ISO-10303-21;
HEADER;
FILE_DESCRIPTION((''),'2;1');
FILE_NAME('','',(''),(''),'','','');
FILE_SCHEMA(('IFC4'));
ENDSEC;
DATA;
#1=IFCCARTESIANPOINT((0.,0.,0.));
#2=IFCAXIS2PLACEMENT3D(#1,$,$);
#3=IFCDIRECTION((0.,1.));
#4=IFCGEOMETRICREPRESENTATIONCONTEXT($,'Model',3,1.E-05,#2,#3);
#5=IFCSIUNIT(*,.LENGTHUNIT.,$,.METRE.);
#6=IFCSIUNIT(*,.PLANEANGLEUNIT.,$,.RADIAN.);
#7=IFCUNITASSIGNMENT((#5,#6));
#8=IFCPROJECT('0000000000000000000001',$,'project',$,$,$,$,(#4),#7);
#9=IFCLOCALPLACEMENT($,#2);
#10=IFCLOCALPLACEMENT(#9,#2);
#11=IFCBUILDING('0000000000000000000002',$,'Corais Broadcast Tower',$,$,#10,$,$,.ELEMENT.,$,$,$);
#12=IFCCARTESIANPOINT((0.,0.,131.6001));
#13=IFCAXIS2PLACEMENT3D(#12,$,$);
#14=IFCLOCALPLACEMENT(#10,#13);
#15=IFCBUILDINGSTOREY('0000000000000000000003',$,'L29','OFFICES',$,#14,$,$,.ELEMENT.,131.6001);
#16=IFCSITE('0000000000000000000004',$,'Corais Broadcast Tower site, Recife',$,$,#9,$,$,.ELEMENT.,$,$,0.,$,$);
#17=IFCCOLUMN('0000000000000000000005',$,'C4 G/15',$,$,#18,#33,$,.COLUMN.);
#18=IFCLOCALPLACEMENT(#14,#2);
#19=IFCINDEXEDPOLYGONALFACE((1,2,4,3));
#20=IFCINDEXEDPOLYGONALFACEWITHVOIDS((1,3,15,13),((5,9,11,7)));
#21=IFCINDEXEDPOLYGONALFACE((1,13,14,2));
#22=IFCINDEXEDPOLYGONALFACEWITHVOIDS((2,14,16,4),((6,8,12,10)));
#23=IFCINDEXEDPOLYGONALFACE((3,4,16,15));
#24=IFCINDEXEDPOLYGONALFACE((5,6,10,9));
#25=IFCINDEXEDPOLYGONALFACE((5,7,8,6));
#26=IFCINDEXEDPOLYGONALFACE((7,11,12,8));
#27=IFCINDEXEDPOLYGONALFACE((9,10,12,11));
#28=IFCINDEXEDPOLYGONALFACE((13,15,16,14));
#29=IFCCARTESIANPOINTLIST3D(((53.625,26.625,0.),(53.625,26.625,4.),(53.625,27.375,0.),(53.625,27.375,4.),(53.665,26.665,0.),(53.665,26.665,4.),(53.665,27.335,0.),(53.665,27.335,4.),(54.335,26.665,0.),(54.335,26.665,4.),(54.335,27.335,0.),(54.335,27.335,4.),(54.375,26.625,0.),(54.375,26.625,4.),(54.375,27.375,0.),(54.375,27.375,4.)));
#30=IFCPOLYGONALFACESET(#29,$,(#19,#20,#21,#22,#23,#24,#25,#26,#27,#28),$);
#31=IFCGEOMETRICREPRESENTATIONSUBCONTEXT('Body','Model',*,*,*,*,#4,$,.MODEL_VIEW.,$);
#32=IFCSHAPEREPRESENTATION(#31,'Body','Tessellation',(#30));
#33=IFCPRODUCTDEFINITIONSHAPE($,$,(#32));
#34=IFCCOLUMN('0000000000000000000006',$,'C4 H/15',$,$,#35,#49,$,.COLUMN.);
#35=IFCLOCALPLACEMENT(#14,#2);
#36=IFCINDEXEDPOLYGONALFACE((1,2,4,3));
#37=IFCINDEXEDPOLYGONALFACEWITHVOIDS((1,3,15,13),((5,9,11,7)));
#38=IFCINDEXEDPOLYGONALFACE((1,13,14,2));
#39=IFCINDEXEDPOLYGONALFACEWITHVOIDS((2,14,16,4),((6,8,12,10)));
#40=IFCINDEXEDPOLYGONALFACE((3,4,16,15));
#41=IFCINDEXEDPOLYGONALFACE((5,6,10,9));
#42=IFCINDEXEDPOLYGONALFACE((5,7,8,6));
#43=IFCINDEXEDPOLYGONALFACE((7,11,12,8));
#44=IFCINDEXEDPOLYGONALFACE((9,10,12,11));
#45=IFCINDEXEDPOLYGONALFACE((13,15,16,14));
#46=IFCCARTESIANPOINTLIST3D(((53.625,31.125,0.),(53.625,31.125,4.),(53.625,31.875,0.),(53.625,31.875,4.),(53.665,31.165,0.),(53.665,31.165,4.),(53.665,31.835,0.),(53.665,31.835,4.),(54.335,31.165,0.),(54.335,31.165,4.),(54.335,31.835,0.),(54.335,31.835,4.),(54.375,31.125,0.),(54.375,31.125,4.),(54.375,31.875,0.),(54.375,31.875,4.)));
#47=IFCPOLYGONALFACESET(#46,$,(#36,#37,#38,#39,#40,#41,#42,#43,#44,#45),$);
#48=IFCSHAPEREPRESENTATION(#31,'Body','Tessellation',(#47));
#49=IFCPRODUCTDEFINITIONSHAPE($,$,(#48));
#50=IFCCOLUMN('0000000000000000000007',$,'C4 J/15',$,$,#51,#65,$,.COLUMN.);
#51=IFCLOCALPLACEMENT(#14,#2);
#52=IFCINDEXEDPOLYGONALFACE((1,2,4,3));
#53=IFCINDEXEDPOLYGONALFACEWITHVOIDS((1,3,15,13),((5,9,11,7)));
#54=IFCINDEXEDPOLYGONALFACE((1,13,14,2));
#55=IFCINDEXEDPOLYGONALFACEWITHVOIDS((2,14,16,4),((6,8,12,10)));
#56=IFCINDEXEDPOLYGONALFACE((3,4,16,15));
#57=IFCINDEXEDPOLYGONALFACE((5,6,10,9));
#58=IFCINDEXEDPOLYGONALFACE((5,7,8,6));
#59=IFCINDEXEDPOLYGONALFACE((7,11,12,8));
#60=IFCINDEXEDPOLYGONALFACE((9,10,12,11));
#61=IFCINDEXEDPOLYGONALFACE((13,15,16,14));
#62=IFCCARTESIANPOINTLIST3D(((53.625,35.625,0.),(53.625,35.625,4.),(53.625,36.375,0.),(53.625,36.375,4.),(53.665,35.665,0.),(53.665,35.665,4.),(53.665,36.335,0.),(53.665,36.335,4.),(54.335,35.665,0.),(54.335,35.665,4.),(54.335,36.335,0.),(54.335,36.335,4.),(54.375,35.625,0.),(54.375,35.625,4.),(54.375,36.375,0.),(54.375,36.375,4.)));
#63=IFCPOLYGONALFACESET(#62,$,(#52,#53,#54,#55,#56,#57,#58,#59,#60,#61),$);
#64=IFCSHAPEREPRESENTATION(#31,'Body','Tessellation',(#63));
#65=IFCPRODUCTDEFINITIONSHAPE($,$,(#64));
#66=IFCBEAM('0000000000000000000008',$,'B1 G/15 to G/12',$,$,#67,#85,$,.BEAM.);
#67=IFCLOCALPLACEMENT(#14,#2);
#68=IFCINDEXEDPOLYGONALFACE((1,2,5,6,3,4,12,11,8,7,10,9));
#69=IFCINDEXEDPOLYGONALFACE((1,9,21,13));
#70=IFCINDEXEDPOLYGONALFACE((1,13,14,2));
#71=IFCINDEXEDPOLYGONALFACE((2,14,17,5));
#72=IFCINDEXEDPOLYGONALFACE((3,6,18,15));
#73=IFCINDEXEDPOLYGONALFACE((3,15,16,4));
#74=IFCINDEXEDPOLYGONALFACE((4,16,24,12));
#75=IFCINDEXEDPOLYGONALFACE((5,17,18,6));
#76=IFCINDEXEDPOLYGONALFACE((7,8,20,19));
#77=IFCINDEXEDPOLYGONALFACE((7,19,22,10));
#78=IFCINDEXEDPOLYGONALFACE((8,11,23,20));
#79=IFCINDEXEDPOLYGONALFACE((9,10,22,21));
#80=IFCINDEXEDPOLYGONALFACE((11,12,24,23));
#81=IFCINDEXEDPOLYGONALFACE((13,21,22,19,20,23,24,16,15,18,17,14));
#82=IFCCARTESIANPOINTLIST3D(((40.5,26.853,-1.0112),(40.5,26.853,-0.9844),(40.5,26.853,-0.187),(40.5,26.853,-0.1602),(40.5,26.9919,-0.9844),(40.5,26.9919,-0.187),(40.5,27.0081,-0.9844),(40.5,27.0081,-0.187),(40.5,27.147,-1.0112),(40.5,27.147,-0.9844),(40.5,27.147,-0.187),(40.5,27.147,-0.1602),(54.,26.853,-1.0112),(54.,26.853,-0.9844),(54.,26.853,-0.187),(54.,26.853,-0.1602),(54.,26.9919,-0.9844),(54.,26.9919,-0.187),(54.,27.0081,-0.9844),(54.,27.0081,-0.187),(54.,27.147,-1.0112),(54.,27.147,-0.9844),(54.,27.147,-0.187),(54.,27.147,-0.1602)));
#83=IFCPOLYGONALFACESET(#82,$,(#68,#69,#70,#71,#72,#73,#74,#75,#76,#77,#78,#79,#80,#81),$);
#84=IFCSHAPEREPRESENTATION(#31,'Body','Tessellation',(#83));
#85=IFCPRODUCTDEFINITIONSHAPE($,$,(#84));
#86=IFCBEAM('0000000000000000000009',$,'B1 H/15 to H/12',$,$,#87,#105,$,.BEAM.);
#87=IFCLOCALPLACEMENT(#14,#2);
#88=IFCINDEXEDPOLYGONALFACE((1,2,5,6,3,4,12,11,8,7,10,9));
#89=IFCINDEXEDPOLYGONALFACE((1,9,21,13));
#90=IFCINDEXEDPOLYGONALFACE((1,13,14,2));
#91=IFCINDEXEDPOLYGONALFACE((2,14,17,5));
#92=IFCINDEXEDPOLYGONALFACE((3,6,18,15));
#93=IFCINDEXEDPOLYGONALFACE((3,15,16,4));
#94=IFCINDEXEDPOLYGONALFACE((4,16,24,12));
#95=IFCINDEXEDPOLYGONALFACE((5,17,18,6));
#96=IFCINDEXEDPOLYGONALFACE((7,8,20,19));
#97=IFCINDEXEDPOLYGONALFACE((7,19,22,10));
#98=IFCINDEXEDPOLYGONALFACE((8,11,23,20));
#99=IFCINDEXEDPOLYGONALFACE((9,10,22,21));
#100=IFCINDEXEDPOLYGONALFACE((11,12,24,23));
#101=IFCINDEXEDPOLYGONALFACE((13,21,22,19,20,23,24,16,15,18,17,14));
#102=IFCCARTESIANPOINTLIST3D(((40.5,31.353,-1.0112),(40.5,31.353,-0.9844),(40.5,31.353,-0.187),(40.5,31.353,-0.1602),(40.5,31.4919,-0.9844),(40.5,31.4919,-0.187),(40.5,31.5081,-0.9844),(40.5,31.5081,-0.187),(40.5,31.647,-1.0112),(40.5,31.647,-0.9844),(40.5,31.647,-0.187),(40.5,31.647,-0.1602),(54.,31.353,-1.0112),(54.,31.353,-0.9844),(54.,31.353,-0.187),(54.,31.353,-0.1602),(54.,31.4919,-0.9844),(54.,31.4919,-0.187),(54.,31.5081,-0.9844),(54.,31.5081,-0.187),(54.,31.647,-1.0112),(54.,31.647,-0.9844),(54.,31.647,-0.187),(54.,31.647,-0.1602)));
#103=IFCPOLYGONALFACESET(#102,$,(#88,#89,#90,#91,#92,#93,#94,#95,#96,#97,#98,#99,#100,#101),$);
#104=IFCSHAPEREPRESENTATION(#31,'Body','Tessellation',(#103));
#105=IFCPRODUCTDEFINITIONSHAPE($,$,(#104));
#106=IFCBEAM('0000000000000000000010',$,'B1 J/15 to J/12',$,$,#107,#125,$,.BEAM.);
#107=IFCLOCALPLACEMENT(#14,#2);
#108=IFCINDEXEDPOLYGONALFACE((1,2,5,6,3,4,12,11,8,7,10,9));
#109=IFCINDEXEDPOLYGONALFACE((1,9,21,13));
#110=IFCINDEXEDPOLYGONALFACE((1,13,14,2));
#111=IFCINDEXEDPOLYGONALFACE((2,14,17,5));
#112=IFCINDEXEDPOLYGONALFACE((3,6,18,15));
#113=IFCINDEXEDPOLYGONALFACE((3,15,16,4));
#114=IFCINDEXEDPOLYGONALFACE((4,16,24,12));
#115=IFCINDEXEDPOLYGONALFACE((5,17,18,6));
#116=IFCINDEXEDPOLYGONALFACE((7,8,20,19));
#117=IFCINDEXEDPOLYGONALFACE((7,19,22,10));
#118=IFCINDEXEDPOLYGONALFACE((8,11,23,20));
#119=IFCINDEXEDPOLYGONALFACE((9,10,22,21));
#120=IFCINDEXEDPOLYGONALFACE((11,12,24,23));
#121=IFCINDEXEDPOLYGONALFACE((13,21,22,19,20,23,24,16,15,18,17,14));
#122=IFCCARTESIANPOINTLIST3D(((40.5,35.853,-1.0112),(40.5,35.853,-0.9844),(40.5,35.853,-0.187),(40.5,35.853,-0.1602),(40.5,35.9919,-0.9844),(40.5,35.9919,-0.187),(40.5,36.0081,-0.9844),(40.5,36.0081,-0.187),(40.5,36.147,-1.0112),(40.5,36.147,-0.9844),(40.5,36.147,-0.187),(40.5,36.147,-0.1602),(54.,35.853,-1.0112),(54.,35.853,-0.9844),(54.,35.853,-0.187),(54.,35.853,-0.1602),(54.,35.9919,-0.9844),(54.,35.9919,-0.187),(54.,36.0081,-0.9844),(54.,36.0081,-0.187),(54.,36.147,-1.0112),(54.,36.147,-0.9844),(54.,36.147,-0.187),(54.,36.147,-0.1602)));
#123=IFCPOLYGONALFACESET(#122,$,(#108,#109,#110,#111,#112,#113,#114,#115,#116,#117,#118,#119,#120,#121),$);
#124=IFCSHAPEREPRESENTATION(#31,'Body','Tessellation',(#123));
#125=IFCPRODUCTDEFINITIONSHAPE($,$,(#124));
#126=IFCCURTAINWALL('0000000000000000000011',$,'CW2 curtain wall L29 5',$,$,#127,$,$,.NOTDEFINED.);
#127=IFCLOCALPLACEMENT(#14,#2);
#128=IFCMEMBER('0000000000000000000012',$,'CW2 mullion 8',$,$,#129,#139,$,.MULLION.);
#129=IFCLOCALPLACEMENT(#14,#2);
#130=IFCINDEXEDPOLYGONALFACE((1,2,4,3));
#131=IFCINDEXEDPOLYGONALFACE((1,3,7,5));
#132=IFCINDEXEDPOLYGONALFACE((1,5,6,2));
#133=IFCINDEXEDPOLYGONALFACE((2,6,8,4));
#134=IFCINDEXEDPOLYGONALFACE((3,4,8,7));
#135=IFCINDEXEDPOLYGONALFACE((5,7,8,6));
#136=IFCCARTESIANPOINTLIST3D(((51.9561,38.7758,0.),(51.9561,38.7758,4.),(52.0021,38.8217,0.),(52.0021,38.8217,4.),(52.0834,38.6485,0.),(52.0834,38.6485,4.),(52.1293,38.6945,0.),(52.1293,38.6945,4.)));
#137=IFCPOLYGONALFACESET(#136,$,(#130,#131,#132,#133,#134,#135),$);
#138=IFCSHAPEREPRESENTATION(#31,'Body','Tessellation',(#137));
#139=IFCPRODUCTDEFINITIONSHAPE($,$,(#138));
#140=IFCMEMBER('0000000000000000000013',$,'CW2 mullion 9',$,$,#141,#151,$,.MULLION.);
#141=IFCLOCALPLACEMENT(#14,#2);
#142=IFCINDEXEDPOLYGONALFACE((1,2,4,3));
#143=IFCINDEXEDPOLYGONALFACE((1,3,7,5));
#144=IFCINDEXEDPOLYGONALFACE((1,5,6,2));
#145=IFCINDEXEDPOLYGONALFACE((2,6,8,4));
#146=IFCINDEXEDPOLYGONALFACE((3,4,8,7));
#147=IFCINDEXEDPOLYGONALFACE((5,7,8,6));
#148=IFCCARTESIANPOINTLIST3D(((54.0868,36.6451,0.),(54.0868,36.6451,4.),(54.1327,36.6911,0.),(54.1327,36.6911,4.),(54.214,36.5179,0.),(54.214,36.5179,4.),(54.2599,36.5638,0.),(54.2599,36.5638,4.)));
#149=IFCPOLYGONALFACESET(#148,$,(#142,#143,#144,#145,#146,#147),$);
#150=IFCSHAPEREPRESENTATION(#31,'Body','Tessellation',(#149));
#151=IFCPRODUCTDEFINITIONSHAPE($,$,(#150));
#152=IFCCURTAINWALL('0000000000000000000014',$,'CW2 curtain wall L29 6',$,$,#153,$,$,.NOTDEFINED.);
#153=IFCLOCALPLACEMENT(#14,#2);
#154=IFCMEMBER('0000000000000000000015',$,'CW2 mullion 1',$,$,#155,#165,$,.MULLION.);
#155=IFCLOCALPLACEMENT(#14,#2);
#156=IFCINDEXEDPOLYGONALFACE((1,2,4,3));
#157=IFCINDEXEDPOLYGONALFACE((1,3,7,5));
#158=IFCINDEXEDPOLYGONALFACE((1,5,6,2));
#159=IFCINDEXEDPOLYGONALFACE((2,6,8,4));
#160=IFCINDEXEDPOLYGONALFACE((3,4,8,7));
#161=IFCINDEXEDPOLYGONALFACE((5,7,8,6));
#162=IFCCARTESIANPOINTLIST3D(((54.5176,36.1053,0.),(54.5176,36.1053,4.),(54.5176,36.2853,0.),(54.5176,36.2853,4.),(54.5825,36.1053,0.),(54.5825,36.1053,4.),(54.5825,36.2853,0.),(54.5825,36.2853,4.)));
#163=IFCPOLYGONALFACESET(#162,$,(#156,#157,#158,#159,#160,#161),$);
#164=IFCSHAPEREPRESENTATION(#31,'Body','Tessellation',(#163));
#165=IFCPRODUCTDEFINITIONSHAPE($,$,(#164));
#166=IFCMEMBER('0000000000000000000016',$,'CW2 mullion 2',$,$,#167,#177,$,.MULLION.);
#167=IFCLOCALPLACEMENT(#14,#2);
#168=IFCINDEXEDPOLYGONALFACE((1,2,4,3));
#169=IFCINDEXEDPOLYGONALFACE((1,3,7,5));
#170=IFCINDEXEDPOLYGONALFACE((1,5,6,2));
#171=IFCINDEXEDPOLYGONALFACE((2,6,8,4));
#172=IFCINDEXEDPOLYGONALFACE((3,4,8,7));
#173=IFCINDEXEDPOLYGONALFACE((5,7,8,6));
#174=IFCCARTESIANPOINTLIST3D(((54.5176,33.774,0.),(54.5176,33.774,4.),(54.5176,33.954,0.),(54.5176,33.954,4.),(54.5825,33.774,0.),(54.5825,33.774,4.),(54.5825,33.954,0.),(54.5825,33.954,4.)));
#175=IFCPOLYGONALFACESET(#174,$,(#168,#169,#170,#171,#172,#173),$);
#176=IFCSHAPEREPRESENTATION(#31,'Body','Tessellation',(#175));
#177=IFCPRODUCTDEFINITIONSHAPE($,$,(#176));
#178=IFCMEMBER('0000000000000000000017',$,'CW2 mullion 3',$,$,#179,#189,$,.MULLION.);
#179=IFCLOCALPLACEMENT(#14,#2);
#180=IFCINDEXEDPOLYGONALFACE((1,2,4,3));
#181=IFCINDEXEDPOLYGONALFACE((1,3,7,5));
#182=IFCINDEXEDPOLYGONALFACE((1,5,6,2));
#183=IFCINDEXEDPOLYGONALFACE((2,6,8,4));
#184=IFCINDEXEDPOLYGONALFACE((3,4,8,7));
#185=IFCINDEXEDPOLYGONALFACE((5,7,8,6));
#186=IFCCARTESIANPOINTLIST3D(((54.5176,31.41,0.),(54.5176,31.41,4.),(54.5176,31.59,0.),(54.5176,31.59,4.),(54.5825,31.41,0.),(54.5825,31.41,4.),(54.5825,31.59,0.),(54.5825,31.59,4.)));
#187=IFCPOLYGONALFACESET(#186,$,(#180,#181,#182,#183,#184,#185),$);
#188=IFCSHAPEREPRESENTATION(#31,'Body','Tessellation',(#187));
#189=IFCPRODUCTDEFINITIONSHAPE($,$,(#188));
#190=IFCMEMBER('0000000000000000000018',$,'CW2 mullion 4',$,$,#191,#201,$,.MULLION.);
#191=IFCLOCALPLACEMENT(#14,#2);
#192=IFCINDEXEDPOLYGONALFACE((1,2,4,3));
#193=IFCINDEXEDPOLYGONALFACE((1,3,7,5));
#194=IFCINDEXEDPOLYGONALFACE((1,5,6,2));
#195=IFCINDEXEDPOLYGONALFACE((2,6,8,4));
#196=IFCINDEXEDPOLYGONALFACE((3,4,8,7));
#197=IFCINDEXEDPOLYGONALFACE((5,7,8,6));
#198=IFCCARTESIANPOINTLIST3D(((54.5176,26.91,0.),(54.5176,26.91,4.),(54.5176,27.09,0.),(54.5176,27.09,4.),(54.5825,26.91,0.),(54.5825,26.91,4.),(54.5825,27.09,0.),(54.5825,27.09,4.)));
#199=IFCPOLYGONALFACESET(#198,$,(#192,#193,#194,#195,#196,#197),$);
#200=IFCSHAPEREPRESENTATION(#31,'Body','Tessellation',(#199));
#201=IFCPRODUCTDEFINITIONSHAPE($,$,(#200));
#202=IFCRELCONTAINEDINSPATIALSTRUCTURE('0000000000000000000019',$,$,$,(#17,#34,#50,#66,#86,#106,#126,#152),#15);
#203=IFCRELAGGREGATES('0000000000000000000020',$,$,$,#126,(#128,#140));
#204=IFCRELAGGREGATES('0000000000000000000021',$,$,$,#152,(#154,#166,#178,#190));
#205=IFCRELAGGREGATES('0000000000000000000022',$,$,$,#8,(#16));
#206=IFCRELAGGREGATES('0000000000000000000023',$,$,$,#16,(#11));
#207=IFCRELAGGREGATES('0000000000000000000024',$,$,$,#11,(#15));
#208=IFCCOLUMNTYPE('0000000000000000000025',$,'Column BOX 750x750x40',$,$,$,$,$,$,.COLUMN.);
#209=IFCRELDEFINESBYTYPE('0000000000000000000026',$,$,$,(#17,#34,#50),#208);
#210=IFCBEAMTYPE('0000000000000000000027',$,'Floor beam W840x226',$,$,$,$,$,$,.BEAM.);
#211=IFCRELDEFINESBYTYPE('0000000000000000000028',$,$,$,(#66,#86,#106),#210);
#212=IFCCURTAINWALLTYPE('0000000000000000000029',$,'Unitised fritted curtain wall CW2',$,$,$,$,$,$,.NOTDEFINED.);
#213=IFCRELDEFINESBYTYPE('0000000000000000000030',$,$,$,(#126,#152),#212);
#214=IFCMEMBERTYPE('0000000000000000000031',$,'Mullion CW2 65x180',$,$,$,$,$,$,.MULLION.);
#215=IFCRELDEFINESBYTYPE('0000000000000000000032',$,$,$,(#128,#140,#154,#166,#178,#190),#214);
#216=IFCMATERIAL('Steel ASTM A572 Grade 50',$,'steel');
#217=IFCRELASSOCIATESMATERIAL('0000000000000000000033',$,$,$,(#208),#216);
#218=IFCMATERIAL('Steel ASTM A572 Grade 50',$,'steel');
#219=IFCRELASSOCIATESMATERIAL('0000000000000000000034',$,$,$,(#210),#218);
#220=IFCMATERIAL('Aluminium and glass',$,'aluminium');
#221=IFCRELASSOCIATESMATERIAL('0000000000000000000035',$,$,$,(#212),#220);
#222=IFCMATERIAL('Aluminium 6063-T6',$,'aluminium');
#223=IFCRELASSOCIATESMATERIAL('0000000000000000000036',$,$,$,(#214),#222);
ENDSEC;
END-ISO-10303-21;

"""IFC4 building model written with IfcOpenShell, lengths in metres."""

from ifc_helpers import new_model, si_unit, direction, frame, origin, origin_2d, place, context, subcontext, project, spatial, rectangle, hollow_rectangle, i_section, extrude, material, material_profile, profile_set, type_object, element, aggregate, save


model = new_model("IFC4")

# Units and contexts
model_context = context("Model", 3, precision=1e-05, world=origin(), true_north=direction((0.0, 1.0)))
body_context = subcontext(model_context, "Body", "Model", "MODEL_VIEW")
ifc_project = project(units=[si_unit("LENGTHUNIT", "METRE"), si_unit("PLANEANGLEUNIT", "RADIAN")], contexts=[model_context])

# Site, building, storey
site_placement = place(None, origin())
site = spatial("IfcSite", under=ifc_project, at=site_placement, Name="Corais Broadcast Tower site, Recife", CompositionType="ELEMENT", RefElevation=0.0)
building_placement = place(site_placement, origin())
building = spatial("IfcBuilding", under=site, at=building_placement, Name="Corais Broadcast Tower", CompositionType="ELEMENT")
storey_placement = place(building_placement, frame((0.0, 0.0, 131.6001)))
storey = spatial("IfcBuildingStorey", under=building, at=storey_placement, Name="L29", Description="OFFICES", CompositionType="ELEMENT", Elevation=131.6001)

# Columns
ifc_material_1 = material(Name="Steel ASTM A572 Grade 50", Category="steel")
ifc_material_profile_1 = material_profile(ifc_material_1, hollow_rectangle(XDim=0.75, YDim=0.75, WallThickness=0.04, at=origin_2d()), Name="BOX 750x750x40")
ifc_profile_set_1 = profile_set([ifc_material_profile_1], Name="Steel ASTM A572 Grade 50")
column_type = type_object("IfcColumnType", Name="Column BOX 750x750x40", PredefinedType="COLUMN", material=ifc_profile_set_1)
for number, where, z_axis, x_axis, name in (
    (1, (54.0, 27.0, 0.0), (0.0, 0.0, 1.0), (1.0, 0.0, 0.0), "C4 G/15"),
    (2, (54.0, 31.5, 0.0), (0.0, 0.0, 1.0), (1.0, 0.0, 0.0), "C4 H/15"),
    (3, (54.0, 36.0, 0.0), (0.0, 0.0, 1.0), (1.0, 0.0, 0.0), "C4 J/15"),
):
    element("IfcColumn", number, at=place(storey_placement, frame(where, z_axis=z_axis, x_axis=x_axis)), inside=storey, type_object=column_type, Name=name, PredefinedType="COLUMN", context=body_context, shape_type="SweptSolid", body=[
        extrude(hollow_rectangle(XDim=0.75, YDim=0.75, WallThickness=0.04, at=origin_2d()), origin(), (0.0, 0.0, 1.0), 4.0),
    ])

# Beams
ifc_material_2 = material(Name="Steel ASTM A572 Grade 50", Category="steel")
ifc_material_profile_2 = material_profile(ifc_material_2, i_section(OverallWidth=0.2939, OverallDepth=0.8511, WebThickness=0.0161, FlangeThickness=0.0269, at=origin_2d()), Name="W840x226")
ifc_profile_set_2 = profile_set([ifc_material_profile_2], Name="Steel ASTM A572 Grade 50")
beam_type_1 = type_object("IfcBeamType", Name="Floor beam W840x226", PredefinedType="BEAM", material=ifc_profile_set_2)
for number, where, z_axis, x_axis, name in (
    (4, (54.0, 27.0, -0.5857), (-1.0, 0.0, 0.0), (0.0, -1.0, 0.0), "B1 G/15 to G/12"),
    (5, (54.0, 31.5, -0.5857), (-1.0, 0.0, 0.0), (0.0, -1.0, 0.0), "B1 H/15 to H/12"),
    (6, (54.0, 36.0, -0.5857), (-1.0, 0.0, 0.0), (0.0, -1.0, 0.0), "B1 J/15 to J/12"),
):
    element("IfcBeam", number, at=place(storey_placement, frame(where, z_axis=z_axis, x_axis=x_axis)), inside=storey, type_object=beam_type_1, Name=name, PredefinedType="BEAM", context=body_context, shape_type="SweptSolid", body=[
        extrude(i_section(OverallWidth=0.2939, OverallDepth=0.8511, WebThickness=0.0161, FlangeThickness=0.0269, at=origin_2d()), origin(), (0.0, 0.0, 1.0), 13.5),
    ])

# Curtain walls, members
ifc_material_3 = material(Name="Aluminium and glass", Category="aluminium")
curtain_wall_type = type_object("IfcCurtainWallType", Name="Unitised fritted curtain wall CW2", PredefinedType="NOTDEFINED", material=ifc_material_3)
curtain_wall_1_placement = place(storey_placement, origin())
curtain_wall_1 = element("IfcCurtainWall", 7, at=curtain_wall_1_placement, inside=storey, type_object=curtain_wall_type, Name="CW2 curtain wall L29 5", PredefinedType="NOTDEFINED")
ifc_material_4 = material(Name="Aluminium 6063-T6", Category="aluminium")
ifc_material_profile_3 = material_profile(ifc_material_4, rectangle(XDim=0.0649, YDim=0.1799, at=origin_2d()), Name="Mullion CW2 65x180")
ifc_profile_set_3 = profile_set([ifc_material_profile_3], Name="Aluminium 6063-T6")
member_type_1 = type_object("IfcMemberType", Name="Mullion CW2 65x180", PredefinedType="MULLION", material=ifc_profile_set_3)
member_1_placement = place(storey_placement, frame((52.0427, 38.7351, 0.0), z_axis=(0.0, 0.0, 1.0), x_axis=(0.707107, 0.707107, 0.0)))
member_1 = element("IfcMember", 8, at=member_1_placement, type_object=member_type_1, Name="CW2 mullion 8", PredefinedType="MULLION", context=body_context, shape_type="SweptSolid", body=[
    extrude(rectangle(XDim=0.0649, YDim=0.1799, at=origin_2d()), origin(), (0.0, 0.0, 1.0), 4.0),
])
member_2_placement = place(storey_placement, frame((54.1733, 36.6045, 0.0), z_axis=(0.0, 0.0, 1.0), x_axis=(0.707107, 0.707107, 0.0)))
member_2 = element("IfcMember", 9, at=member_2_placement, type_object=member_type_1, Name="CW2 mullion 9", PredefinedType="MULLION", context=body_context, shape_type="SweptSolid", body=[
    extrude(rectangle(XDim=0.0649, YDim=0.1799, at=origin_2d()), origin(), (0.0, 0.0, 1.0), 4.0),
])
curtain_wall_2_placement = place(storey_placement, origin())
curtain_wall_2 = element("IfcCurtainWall", 10, at=curtain_wall_2_placement, inside=storey, type_object=curtain_wall_type, Name="CW2 curtain wall L29 6", PredefinedType="NOTDEFINED")
member_3_placement = place(storey_placement, frame((54.55, 36.1953, 0.0), z_axis=(0.0, 0.0, 1.0), x_axis=(1.0, 0.0, 0.0)))
member_3 = element("IfcMember", 11, at=member_3_placement, type_object=member_type_1, Name="CW2 mullion 1", PredefinedType="MULLION", context=body_context, shape_type="SweptSolid", body=[
    extrude(rectangle(XDim=0.0649, YDim=0.1799, at=origin_2d()), origin(), (0.0, 0.0, 1.0), 4.0),
])
member_4_placement = place(storey_placement, frame((54.55, 33.864, 0.0), z_axis=(0.0, 0.0, 1.0), x_axis=(1.0, 0.0, 0.0)))
member_4 = element("IfcMember", 12, at=member_4_placement, type_object=member_type_1, Name="CW2 mullion 2", PredefinedType="MULLION", context=body_context, shape_type="SweptSolid", body=[
    extrude(rectangle(XDim=0.0649, YDim=0.1799, at=origin_2d()), origin(), (0.0, 0.0, 1.0), 4.0),
])
member_5_placement = place(storey_placement, frame((54.55, 31.5, 0.0), z_axis=(0.0, 0.0, 1.0), x_axis=(1.0, 0.0, 0.0)))
member_5 = element("IfcMember", 13, at=member_5_placement, type_object=member_type_1, Name="CW2 mullion 3", PredefinedType="MULLION", context=body_context, shape_type="SweptSolid", body=[
    extrude(rectangle(XDim=0.0649, YDim=0.1799, at=origin_2d()), origin(), (0.0, 0.0, 1.0), 4.0),
])
member_6_placement = place(storey_placement, frame((54.55, 27.0, 0.0), z_axis=(0.0, 0.0, 1.0), x_axis=(1.0, 0.0, 0.0)))
member_6 = element("IfcMember", 14, at=member_6_placement, type_object=member_type_1, Name="CW2 mullion 4", PredefinedType="MULLION", context=body_context, shape_type="SweptSolid", body=[
    extrude(rectangle(XDim=0.0649, YDim=0.1799, at=origin_2d()), origin(), (0.0, 0.0, 1.0), 4.0),
])

aggregate(curtain_wall_1, [member_1, member_2])
aggregate(curtain_wall_2, [member_3, member_4, member_5, member_6])

save(model, "model.ifc")
